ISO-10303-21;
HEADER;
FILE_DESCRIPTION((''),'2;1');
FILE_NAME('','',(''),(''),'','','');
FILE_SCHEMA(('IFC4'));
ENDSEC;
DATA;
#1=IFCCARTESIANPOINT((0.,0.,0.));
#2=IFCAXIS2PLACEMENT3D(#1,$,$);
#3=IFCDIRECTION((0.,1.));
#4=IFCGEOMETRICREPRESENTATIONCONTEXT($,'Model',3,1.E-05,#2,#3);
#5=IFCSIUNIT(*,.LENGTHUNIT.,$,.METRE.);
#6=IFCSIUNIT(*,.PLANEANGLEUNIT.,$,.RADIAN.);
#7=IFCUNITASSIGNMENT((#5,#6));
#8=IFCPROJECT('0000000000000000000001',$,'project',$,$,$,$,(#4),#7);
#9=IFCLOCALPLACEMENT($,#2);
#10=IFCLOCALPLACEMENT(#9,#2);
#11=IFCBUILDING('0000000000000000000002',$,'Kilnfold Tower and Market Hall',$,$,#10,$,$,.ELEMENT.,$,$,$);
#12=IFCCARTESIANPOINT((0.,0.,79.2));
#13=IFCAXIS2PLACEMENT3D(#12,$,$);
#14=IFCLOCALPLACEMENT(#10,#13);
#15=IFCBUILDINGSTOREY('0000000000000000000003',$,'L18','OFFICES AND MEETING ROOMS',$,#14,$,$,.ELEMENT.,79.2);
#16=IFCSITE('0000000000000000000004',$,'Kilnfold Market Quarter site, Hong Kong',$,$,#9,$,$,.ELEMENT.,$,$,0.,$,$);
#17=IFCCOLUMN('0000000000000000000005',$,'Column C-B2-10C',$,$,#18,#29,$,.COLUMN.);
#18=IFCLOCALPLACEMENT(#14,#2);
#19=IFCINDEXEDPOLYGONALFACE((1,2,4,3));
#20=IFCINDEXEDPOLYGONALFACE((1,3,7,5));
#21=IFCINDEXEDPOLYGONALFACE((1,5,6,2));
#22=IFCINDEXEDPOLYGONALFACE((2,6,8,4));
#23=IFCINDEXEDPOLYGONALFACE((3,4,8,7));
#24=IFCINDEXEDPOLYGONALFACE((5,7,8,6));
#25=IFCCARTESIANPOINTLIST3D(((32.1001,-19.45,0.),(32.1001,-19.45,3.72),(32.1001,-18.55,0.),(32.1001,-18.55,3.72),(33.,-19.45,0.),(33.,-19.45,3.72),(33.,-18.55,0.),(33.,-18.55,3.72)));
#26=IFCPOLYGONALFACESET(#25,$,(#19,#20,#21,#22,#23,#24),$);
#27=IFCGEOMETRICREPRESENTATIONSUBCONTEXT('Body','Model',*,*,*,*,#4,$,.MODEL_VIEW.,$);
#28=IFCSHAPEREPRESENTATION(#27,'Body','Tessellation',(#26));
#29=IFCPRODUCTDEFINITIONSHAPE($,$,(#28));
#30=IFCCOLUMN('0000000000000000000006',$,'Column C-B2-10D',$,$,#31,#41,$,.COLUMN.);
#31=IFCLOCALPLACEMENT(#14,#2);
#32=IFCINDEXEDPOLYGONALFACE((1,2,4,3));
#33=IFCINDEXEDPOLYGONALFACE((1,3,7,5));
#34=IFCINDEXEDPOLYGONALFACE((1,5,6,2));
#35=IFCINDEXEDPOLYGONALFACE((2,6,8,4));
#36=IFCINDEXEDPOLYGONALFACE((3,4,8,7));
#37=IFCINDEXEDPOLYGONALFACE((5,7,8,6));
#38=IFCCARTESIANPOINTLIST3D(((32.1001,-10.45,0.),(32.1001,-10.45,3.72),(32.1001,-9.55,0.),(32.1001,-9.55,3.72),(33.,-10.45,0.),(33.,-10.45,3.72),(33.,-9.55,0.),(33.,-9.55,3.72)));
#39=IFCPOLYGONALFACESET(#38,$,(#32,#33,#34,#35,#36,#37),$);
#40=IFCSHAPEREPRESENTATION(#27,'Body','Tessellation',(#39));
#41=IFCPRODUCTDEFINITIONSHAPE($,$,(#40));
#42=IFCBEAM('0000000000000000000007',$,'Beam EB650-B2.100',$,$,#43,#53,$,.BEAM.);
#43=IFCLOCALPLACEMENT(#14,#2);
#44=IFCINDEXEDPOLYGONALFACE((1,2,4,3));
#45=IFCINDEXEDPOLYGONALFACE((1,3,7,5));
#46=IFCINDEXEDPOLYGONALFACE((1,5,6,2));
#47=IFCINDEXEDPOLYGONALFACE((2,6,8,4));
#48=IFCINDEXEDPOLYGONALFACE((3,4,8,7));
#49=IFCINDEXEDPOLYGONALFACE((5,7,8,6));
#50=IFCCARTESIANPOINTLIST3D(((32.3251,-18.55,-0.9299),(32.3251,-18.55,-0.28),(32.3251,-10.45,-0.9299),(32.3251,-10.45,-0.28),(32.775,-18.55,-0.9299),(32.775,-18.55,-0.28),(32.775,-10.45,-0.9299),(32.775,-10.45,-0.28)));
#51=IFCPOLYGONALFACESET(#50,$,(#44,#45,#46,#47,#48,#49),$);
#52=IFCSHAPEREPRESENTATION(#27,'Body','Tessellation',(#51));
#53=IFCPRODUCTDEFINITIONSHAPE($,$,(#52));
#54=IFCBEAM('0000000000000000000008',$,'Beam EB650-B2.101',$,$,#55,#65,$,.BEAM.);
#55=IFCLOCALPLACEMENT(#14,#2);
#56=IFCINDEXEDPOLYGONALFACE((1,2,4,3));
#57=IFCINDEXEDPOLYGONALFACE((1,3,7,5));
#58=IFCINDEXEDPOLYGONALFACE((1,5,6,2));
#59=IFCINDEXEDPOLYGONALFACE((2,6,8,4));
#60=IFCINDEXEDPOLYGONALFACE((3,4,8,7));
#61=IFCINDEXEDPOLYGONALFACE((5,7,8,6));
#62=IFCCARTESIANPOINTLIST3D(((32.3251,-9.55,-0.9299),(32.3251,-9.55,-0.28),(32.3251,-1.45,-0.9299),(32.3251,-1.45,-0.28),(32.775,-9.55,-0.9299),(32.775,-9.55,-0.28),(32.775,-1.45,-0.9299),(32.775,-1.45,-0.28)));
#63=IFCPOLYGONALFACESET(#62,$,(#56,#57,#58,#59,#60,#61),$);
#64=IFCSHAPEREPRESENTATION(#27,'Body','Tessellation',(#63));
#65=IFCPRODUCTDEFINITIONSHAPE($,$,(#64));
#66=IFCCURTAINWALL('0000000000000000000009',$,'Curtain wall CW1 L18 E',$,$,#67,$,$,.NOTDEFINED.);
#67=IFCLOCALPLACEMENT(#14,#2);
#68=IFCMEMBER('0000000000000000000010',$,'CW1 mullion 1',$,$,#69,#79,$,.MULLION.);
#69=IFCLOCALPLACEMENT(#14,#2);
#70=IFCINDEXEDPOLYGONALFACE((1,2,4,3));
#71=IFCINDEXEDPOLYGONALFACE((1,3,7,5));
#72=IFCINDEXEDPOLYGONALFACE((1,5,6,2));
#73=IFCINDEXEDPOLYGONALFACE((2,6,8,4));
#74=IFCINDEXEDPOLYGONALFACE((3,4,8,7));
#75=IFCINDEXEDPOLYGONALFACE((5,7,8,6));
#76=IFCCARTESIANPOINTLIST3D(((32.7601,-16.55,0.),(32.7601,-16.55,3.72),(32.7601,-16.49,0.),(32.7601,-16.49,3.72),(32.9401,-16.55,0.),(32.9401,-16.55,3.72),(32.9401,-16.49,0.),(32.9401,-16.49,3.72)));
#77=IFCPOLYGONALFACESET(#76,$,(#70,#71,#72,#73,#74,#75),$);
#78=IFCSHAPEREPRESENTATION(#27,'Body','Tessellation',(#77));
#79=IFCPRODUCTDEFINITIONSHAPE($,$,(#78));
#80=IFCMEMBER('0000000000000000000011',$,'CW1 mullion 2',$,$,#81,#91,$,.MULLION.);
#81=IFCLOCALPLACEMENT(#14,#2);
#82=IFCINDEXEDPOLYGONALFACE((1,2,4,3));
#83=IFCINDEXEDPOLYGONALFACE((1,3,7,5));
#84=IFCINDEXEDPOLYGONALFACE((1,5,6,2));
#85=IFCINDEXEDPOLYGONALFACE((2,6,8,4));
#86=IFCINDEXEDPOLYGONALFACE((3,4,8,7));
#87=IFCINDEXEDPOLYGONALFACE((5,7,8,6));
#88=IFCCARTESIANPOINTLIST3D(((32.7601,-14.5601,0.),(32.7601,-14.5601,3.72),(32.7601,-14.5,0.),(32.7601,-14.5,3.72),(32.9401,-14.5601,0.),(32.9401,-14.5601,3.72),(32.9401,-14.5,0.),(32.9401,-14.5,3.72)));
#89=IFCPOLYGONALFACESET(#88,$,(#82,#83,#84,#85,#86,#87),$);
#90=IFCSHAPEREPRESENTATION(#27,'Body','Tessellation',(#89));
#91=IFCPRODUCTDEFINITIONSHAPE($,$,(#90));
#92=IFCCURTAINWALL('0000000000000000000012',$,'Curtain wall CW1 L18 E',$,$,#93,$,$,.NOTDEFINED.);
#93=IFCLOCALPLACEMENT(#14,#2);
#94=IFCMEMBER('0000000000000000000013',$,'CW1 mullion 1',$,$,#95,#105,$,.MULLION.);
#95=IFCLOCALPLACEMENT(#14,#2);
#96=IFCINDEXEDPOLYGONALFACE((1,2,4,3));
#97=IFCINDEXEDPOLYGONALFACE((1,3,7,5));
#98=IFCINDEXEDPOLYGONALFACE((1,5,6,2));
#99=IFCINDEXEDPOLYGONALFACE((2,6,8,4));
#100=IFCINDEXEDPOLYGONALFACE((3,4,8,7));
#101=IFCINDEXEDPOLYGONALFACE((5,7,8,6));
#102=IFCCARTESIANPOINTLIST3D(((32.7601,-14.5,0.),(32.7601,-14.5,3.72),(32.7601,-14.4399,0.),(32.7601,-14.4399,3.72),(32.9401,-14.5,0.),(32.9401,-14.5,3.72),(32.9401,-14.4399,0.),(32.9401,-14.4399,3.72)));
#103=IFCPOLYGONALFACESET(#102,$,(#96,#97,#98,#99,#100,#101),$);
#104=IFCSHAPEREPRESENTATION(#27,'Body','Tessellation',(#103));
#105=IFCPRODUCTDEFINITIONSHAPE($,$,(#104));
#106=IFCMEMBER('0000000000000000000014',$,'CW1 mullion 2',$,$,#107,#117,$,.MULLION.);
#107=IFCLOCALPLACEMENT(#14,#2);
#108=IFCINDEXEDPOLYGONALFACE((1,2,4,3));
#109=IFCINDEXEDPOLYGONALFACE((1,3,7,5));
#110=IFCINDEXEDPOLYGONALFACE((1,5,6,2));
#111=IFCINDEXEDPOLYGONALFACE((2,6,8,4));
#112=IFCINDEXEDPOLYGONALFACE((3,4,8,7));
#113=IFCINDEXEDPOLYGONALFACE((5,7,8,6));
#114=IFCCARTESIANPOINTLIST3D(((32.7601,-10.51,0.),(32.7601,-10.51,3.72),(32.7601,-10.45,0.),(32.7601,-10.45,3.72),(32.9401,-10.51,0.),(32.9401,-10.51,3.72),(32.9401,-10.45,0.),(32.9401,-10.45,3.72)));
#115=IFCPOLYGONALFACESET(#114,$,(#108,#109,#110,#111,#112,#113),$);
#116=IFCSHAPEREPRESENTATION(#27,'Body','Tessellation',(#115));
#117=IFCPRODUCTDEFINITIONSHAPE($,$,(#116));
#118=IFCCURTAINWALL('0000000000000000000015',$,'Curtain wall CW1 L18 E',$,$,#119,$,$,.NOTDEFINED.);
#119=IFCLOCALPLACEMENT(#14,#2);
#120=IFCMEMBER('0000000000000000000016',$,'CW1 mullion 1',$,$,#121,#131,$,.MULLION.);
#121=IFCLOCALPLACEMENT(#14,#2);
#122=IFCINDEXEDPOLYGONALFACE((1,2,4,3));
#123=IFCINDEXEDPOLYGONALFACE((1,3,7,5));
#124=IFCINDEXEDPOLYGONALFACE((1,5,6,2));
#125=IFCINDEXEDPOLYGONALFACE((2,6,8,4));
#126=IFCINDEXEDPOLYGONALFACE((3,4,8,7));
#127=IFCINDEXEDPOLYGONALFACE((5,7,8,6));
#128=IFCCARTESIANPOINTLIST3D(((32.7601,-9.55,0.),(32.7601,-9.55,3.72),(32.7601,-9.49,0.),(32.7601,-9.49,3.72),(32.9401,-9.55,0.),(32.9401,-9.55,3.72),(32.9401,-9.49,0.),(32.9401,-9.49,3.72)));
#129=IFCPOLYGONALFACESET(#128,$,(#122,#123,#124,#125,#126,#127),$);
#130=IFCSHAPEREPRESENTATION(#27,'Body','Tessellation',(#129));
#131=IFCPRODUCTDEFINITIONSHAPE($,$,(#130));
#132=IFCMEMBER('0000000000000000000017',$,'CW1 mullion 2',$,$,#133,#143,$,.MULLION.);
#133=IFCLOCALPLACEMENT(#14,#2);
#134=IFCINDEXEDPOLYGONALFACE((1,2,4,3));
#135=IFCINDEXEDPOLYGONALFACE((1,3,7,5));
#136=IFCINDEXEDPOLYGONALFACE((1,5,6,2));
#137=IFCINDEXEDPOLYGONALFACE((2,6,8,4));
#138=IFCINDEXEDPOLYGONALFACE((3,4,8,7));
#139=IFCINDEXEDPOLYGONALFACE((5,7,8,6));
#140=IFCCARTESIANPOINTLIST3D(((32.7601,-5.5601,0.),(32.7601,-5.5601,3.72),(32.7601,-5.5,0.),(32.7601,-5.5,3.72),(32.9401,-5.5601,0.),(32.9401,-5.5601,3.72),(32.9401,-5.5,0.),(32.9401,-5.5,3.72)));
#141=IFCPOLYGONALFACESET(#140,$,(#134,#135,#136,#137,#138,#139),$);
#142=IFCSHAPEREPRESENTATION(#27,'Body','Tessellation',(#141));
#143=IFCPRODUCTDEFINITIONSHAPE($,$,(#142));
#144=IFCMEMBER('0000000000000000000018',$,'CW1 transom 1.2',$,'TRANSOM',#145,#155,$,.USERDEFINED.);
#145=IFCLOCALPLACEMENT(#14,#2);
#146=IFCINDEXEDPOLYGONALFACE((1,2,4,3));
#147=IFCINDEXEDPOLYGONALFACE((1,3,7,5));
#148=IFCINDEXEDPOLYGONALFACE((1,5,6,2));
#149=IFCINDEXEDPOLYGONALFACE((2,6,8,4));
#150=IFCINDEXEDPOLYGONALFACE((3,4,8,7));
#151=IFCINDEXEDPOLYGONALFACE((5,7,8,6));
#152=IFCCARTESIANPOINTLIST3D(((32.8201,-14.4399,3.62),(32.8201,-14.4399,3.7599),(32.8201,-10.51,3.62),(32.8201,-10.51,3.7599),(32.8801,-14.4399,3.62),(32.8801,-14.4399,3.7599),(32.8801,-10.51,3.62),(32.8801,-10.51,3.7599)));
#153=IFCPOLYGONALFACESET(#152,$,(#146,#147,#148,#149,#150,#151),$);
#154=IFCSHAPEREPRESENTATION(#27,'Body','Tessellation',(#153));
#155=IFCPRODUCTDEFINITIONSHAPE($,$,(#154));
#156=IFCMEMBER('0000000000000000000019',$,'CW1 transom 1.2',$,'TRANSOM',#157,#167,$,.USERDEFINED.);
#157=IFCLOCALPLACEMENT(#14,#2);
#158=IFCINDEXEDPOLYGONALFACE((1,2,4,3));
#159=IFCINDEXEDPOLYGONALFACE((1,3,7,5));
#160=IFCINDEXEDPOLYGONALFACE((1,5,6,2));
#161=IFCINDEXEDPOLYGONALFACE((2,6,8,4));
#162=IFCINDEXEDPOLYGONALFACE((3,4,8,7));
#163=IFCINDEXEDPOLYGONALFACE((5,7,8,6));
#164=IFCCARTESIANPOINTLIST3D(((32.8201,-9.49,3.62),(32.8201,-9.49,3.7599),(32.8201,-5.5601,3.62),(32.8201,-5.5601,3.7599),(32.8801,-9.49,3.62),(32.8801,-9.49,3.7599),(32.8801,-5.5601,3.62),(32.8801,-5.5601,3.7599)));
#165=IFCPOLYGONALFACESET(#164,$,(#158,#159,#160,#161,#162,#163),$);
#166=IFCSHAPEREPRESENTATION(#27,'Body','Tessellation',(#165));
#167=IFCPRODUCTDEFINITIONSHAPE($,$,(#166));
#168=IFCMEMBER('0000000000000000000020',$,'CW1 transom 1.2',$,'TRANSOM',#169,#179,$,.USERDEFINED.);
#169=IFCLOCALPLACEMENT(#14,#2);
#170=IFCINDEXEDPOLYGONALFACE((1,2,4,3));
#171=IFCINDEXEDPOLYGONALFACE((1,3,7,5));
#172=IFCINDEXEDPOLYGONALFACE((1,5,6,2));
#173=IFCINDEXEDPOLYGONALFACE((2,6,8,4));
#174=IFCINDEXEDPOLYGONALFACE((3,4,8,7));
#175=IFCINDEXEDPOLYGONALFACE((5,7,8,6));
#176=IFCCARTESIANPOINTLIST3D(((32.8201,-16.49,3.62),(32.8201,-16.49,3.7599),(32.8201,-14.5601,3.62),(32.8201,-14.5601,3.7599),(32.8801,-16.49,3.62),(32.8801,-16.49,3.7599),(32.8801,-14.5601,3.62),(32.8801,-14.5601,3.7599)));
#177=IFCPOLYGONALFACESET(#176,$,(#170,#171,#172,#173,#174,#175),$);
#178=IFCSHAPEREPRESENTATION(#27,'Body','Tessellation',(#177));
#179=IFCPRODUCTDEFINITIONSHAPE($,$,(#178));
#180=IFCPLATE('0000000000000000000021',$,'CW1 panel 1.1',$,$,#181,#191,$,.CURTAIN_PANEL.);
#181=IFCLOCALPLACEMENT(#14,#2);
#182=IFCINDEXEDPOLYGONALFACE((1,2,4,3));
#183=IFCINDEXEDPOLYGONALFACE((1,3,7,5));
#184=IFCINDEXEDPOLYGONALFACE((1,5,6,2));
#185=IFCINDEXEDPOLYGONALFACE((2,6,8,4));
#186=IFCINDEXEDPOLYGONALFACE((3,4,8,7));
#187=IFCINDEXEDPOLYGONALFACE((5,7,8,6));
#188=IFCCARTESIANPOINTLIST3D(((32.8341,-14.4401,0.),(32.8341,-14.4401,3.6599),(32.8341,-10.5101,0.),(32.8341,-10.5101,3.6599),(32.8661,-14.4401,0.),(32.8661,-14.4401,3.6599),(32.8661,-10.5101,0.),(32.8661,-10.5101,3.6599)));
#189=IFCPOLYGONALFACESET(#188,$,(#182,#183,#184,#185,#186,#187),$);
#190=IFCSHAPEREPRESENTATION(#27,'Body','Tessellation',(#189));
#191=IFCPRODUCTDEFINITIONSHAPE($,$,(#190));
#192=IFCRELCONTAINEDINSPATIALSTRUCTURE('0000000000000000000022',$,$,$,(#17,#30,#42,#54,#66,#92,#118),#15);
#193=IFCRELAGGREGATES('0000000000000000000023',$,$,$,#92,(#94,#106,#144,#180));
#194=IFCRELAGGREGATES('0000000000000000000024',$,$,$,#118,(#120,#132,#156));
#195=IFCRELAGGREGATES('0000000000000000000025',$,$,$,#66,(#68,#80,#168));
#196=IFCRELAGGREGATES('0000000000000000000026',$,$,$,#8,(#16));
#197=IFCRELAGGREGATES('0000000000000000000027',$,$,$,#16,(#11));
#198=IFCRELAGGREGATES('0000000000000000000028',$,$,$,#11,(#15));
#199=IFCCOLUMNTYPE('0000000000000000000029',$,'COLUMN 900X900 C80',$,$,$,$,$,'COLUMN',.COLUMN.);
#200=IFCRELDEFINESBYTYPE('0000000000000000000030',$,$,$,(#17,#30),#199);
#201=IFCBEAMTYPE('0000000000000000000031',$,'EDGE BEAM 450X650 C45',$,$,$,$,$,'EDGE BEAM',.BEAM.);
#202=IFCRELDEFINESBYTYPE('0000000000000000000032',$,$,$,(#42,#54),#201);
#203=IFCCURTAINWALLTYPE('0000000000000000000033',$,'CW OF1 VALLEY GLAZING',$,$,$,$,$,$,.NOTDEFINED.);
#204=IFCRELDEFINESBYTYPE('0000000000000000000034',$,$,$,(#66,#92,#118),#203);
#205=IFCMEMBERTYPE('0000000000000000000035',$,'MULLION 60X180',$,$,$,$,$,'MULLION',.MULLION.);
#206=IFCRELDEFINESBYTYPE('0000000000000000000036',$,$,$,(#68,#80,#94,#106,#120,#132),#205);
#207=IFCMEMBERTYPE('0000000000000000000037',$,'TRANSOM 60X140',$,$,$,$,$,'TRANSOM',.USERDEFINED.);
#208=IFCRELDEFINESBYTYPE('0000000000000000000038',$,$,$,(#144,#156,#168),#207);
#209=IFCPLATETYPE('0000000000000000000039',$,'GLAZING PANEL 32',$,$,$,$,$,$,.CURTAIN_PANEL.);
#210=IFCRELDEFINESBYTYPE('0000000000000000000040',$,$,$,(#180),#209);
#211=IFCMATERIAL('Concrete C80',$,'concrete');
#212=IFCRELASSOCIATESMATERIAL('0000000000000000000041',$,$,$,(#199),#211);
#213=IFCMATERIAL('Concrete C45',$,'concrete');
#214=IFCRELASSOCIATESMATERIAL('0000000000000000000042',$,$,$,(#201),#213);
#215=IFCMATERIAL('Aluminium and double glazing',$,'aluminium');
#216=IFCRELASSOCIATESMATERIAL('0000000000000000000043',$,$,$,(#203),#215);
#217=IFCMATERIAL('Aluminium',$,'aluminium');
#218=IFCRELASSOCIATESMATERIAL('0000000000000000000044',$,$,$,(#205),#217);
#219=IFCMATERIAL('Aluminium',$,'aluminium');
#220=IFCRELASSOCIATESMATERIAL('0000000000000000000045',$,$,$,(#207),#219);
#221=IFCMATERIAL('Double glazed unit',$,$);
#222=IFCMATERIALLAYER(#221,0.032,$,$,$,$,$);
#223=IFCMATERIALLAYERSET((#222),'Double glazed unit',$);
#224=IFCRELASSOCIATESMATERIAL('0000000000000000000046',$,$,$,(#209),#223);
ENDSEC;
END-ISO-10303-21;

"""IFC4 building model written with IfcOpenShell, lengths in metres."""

from ifc_helpers import new_model, si_unit, direction, frame, origin, origin_2d, place, context, subcontext, project, spatial, rectangle, extrude, source, transform, mapped, material, layer, layer_set, material_profile, profile_set, type_object, element, aggregate, save


model = new_model("IFC4")

# Units and contexts
model_context = context("Model", 3, precision=1e-05, world=origin(), true_north=direction((0.0, 1.0)))
body_context = subcontext(model_context, "Body", "Model", "MODEL_VIEW")
ifc_project = project(units=[si_unit("LENGTHUNIT", "METRE"), si_unit("PLANEANGLEUNIT", "RADIAN")], contexts=[model_context])

# Site, building, storey
site_placement = place(None, origin())
site = spatial("IfcSite", under=ifc_project, at=site_placement, Name="Kilnfold Market Quarter site, Hong Kong", CompositionType="ELEMENT", RefElevation=0.0)
building_placement = place(site_placement, origin())
building = spatial("IfcBuilding", under=site, at=building_placement, Name="Kilnfold Tower and Market Hall", CompositionType="ELEMENT")
storey_placement = place(building_placement, frame((0.0, 0.0, 79.2)))
storey = spatial("IfcBuildingStorey", under=building, at=storey_placement, Name="L18", Description="OFFICES AND MEETING ROOMS", CompositionType="ELEMENT", Elevation=79.2)

# Columns
ifc_material_1 = material(Name="Concrete C80", Category="concrete")
ifc_material_profile_1 = material_profile(ifc_material_1, rectangle(XDim=0.8999, YDim=0.8999, at=origin_2d()), Name="RC 900x900")
ifc_profile_set_1 = profile_set([ifc_material_profile_1], Name="Concrete C80")
column_type = type_object("IfcColumnType", Name="COLUMN 900X900 C80", ElementType="COLUMN", PredefinedType="COLUMN", material=ifc_profile_set_1)
shared_shape_1 = source(origin(), body_context, "Body", "SweptSolid", [
    extrude(rectangle(XDim=0.8999, YDim=0.8999, at=origin_2d()), origin(), (0.0, 0.0, 1.0), 3.72),
])
for number, where, z_axis, x_axis, name in (
    (1, (32.55, -19.0, 0.0), (0.0, 0.0, 1.0), (1.0, 0.0, 0.0), "Column C-B2-10C"),
    (2, (32.55, -10.0, 0.0), (0.0, 0.0, 1.0), (1.0, 0.0, 0.0), "Column C-B2-10D"),
):
    element("IfcColumn", number, at=place(storey_placement, frame(where, z_axis=z_axis, x_axis=x_axis)), inside=storey, type_object=column_type, Name=name, PredefinedType="COLUMN", context=body_context, shape_type="MappedRepresentation", body=[
        mapped(shared_shape_1, transform((0.0, 0.0, 0.0))),
    ])

# Beams
ifc_material_2 = material(Name="Concrete C45", Category="concrete")
ifc_material_profile_2 = material_profile(ifc_material_2, rectangle(XDim=0.45, YDim=0.6499, at=origin_2d()), Name="RC 450x650")
ifc_profile_set_2 = profile_set([ifc_material_profile_2], Name="Concrete C45")
beam_type = type_object("IfcBeamType", Name="EDGE BEAM 450X650 C45", ElementType="EDGE BEAM", PredefinedType="BEAM", material=ifc_profile_set_2)
shared_shape_2 = source(origin(), body_context, "Body", "SweptSolid", [
    extrude(rectangle(XDim=0.45, YDim=0.6499, at=origin_2d()), origin(), (0.0, 0.0, 1.0), 8.1001),
])
for number, where, z_axis, x_axis, name in (
    (3, (32.55, -18.55, -0.605), (0.0, 1.0, 0.0), (-1.0, 0.0, 0.0), "Beam EB650-B2.100"),
    (4, (32.55, -9.55, -0.605), (0.0, 1.0, 0.0), (-1.0, 0.0, 0.0), "Beam EB650-B2.101"),
):
    element("IfcBeam", number, at=place(storey_placement, frame(where, z_axis=z_axis, x_axis=x_axis)), inside=storey, type_object=beam_type, Name=name, PredefinedType="BEAM", context=body_context, shape_type="MappedRepresentation", body=[
        mapped(shared_shape_2, transform((0.0, 0.0, 0.0))),
    ])

# Curtain walls, members
ifc_material_3 = material(Name="Aluminium and double glazing", Category="aluminium")
curtain_wall_type = type_object("IfcCurtainWallType", Name="CW OF1 VALLEY GLAZING", PredefinedType="NOTDEFINED", material=ifc_material_3)
curtain_wall_1_placement = place(storey_placement, origin())
curtain_wall_1 = element("IfcCurtainWall", 5, at=curtain_wall_1_placement, inside=storey, type_object=curtain_wall_type, Name="Curtain wall CW1 L18 E", PredefinedType="NOTDEFINED")
ifc_material_4 = material(Name="Aluminium", Category="aluminium")
ifc_material_profile_3 = material_profile(ifc_material_4, rectangle(XDim=0.0601, YDim=0.1799, at=origin_2d()), Name="MULLION 60x180")
ifc_profile_set_3 = profile_set([ifc_material_profile_3], Name="Aluminium")
member_type_1 = type_object("IfcMemberType", Name="MULLION 60X180", ElementType="MULLION", PredefinedType="MULLION", material=ifc_profile_set_3)
shared_shape_3 = source(origin(), body_context, "Body", "SweptSolid", [
    extrude(rectangle(XDim=0.0601, YDim=0.1799, at=origin_2d()), origin(), (0.0, 0.0, 1.0), 3.72),
])
member_1_placement = place(storey_placement, frame((32.8501, -16.52, 0.0), z_axis=(0.0, 0.0, 1.0), x_axis=(0.0, 1.0, 0.0)))
member_1 = element("IfcMember", 6, at=member_1_placement, type_object=member_type_1, Name="CW1 mullion 1", PredefinedType="MULLION", context=body_context, shape_type="MappedRepresentation", body=[
    mapped(shared_shape_3, transform((0.0, 0.0, 0.0))),
])
member_2_placement = place(storey_placement, frame((32.8501, -14.53, 0.0), z_axis=(0.0, 0.0, 1.0), x_axis=(0.0, 1.0, 0.0)))
member_2 = element("IfcMember", 7, at=member_2_placement, type_object=member_type_1, Name="CW1 mullion 2", PredefinedType="MULLION", context=body_context, shape_type="MappedRepresentation", body=[
    mapped(shared_shape_3, transform((0.0, 0.0, 0.0))),
])
curtain_wall_2_placement = place(storey_placement, origin())
curtain_wall_2 = element("IfcCurtainWall", 8, at=curtain_wall_2_placement, inside=storey, type_object=curtain_wall_type, Name="Curtain wall CW1 L18 E", PredefinedType="NOTDEFINED")
member_3_placement = place(storey_placement, frame((32.8501, -14.47, 0.0), z_axis=(0.0, 0.0, 1.0), x_axis=(0.0, 1.0, 0.0)))
member_3 = element("IfcMember", 9, at=member_3_placement, type_object=member_type_1, Name="CW1 mullion 1", PredefinedType="MULLION", context=body_context, shape_type="MappedRepresentation", body=[
    mapped(shared_shape_3, transform((0.0, 0.0, 0.0))),
])
member_4_placement = place(storey_placement, frame((32.8501, -10.48, 0.0), z_axis=(0.0, 0.0, 1.0), x_axis=(0.0, 1.0, 0.0)))
member_4 = element("IfcMember", 10, at=member_4_placement, type_object=member_type_1, Name="CW1 mullion 2", PredefinedType="MULLION", context=body_context, shape_type="MappedRepresentation", body=[
    mapped(shared_shape_3, transform((0.0, 0.0, 0.0))),
])
curtain_wall_3_placement = place(storey_placement, origin())
curtain_wall_3 = element("IfcCurtainWall", 11, at=curtain_wall_3_placement, inside=storey, type_object=curtain_wall_type, Name="Curtain wall CW1 L18 E", PredefinedType="NOTDEFINED")
member_5_placement = place(storey_placement, frame((32.8501, -9.52, 0.0), z_axis=(0.0, 0.0, 1.0), x_axis=(0.0, 1.0, 0.0)))
member_5 = element("IfcMember", 12, at=member_5_placement, type_object=member_type_1, Name="CW1 mullion 1", PredefinedType="MULLION", context=body_context, shape_type="MappedRepresentation", body=[
    mapped(shared_shape_3, transform((0.0, 0.0, 0.0))),
])
member_6_placement = place(storey_placement, frame((32.8501, -5.53, 0.0), z_axis=(0.0, 0.0, 1.0), x_axis=(0.0, 1.0, 0.0)))
member_6 = element("IfcMember", 13, at=member_6_placement, type_object=member_type_1, Name="CW1 mullion 2", PredefinedType="MULLION", context=body_context, shape_type="MappedRepresentation", body=[
    mapped(shared_shape_3, transform((0.0, 0.0, 0.0))),
])

# Members
ifc_material_5 = material(Name="Aluminium", Category="aluminium")
ifc_material_profile_4 = material_profile(ifc_material_5, rectangle(XDim=0.0601, YDim=0.1399, at=origin_2d()), Name="TRANSOM 60x140")
ifc_profile_set_4 = profile_set([ifc_material_profile_4], Name="Aluminium")
member_type_2 = type_object("IfcMemberType", Name="TRANSOM 60X140", ElementType="TRANSOM", PredefinedType="USERDEFINED", material=ifc_profile_set_4)
shared_shape_4 = source(origin(), body_context, "Body", "SweptSolid", [
    extrude(rectangle(XDim=0.0601, YDim=0.1399, at=origin_2d()), origin(), (0.0, 0.0, 1.0), 3.9299),
])
member_7_placement = place(storey_placement, frame((32.8501, -14.4399, 3.6899), z_axis=(0.0, 1.0, 0.0), x_axis=(-1.0, 0.0, 0.0)))
member_7 = element("IfcMember", 14, at=member_7_placement, type_object=member_type_2, Name="CW1 transom 1.2", ObjectType="TRANSOM", PredefinedType="USERDEFINED", context=body_context, shape_type="MappedRepresentation", body=[
    mapped(shared_shape_4, transform((0.0, 0.0, 0.0))),
])
member_8_placement = place(storey_placement, frame((32.8501, -9.49, 3.6899), z_axis=(0.0, 1.0, 0.0), x_axis=(-1.0, 0.0, 0.0)))
member_8 = element("IfcMember", 15, at=member_8_placement, type_object=member_type_2, Name="CW1 transom 1.2", ObjectType="TRANSOM", PredefinedType="USERDEFINED", context=body_context, shape_type="MappedRepresentation", body=[
    mapped(shared_shape_4, transform((0.0, 0.0, 0.0))),
])
shared_shape_5 = source(origin(), body_context, "Body", "SweptSolid", [
    extrude(rectangle(XDim=0.0601, YDim=0.1399, at=origin_2d()), origin(), (0.0, 0.0, 1.0), 1.9299),
])
member_9_placement = place(storey_placement, frame((32.8501, -16.49, 3.6899), z_axis=(0.0, 1.0, 0.0), x_axis=(-1.0, 0.0, 0.0)))
member_9 = element("IfcMember", 16, at=member_9_placement, type_object=member_type_2, Name="CW1 transom 1.2", ObjectType="TRANSOM", PredefinedType="USERDEFINED", context=body_context, shape_type="MappedRepresentation", body=[
    mapped(shared_shape_5, transform((0.0, 0.0, 0.0))),
])

# Plate
ifc_material_6 = material(Name="Double glazed unit")
ifc_layer_1 = layer(ifc_material_6, 0.032)
ifc_layer_set_1 = layer_set([ifc_layer_1], Name="Double glazed unit")
plate_type = type_object("IfcPlateType", Name="GLAZING PANEL 32", PredefinedType="CURTAIN_PANEL", material=ifc_layer_set_1)
shared_shape_6 = source(origin(), body_context, "Body", "SweptSolid", [
    extrude(rectangle(XDim=3.9299, YDim=0.032, at=origin_2d()), origin(), (0.0, 0.0, 1.0), 3.6599),
])
plate_1_placement = place(storey_placement, frame((32.8501, -12.4751, 0.0), z_axis=(0.0, 0.0, 1.0), x_axis=(0.0, 1.0, 0.0)))
plate_1 = element("IfcPlate", 17, at=plate_1_placement, type_object=plate_type, Name="CW1 panel 1.1", PredefinedType="CURTAIN_PANEL", context=body_context, shape_type="MappedRepresentation", body=[
    mapped(shared_shape_6, transform((0.0, 0.0, 0.0))),
])
aggregate(curtain_wall_2, [member_3, member_4, member_7, plate_1])
aggregate(curtain_wall_3, [member_5, member_6, member_8])
aggregate(curtain_wall_1, [member_1, member_2, member_9])

save(model, "model.ifc")
